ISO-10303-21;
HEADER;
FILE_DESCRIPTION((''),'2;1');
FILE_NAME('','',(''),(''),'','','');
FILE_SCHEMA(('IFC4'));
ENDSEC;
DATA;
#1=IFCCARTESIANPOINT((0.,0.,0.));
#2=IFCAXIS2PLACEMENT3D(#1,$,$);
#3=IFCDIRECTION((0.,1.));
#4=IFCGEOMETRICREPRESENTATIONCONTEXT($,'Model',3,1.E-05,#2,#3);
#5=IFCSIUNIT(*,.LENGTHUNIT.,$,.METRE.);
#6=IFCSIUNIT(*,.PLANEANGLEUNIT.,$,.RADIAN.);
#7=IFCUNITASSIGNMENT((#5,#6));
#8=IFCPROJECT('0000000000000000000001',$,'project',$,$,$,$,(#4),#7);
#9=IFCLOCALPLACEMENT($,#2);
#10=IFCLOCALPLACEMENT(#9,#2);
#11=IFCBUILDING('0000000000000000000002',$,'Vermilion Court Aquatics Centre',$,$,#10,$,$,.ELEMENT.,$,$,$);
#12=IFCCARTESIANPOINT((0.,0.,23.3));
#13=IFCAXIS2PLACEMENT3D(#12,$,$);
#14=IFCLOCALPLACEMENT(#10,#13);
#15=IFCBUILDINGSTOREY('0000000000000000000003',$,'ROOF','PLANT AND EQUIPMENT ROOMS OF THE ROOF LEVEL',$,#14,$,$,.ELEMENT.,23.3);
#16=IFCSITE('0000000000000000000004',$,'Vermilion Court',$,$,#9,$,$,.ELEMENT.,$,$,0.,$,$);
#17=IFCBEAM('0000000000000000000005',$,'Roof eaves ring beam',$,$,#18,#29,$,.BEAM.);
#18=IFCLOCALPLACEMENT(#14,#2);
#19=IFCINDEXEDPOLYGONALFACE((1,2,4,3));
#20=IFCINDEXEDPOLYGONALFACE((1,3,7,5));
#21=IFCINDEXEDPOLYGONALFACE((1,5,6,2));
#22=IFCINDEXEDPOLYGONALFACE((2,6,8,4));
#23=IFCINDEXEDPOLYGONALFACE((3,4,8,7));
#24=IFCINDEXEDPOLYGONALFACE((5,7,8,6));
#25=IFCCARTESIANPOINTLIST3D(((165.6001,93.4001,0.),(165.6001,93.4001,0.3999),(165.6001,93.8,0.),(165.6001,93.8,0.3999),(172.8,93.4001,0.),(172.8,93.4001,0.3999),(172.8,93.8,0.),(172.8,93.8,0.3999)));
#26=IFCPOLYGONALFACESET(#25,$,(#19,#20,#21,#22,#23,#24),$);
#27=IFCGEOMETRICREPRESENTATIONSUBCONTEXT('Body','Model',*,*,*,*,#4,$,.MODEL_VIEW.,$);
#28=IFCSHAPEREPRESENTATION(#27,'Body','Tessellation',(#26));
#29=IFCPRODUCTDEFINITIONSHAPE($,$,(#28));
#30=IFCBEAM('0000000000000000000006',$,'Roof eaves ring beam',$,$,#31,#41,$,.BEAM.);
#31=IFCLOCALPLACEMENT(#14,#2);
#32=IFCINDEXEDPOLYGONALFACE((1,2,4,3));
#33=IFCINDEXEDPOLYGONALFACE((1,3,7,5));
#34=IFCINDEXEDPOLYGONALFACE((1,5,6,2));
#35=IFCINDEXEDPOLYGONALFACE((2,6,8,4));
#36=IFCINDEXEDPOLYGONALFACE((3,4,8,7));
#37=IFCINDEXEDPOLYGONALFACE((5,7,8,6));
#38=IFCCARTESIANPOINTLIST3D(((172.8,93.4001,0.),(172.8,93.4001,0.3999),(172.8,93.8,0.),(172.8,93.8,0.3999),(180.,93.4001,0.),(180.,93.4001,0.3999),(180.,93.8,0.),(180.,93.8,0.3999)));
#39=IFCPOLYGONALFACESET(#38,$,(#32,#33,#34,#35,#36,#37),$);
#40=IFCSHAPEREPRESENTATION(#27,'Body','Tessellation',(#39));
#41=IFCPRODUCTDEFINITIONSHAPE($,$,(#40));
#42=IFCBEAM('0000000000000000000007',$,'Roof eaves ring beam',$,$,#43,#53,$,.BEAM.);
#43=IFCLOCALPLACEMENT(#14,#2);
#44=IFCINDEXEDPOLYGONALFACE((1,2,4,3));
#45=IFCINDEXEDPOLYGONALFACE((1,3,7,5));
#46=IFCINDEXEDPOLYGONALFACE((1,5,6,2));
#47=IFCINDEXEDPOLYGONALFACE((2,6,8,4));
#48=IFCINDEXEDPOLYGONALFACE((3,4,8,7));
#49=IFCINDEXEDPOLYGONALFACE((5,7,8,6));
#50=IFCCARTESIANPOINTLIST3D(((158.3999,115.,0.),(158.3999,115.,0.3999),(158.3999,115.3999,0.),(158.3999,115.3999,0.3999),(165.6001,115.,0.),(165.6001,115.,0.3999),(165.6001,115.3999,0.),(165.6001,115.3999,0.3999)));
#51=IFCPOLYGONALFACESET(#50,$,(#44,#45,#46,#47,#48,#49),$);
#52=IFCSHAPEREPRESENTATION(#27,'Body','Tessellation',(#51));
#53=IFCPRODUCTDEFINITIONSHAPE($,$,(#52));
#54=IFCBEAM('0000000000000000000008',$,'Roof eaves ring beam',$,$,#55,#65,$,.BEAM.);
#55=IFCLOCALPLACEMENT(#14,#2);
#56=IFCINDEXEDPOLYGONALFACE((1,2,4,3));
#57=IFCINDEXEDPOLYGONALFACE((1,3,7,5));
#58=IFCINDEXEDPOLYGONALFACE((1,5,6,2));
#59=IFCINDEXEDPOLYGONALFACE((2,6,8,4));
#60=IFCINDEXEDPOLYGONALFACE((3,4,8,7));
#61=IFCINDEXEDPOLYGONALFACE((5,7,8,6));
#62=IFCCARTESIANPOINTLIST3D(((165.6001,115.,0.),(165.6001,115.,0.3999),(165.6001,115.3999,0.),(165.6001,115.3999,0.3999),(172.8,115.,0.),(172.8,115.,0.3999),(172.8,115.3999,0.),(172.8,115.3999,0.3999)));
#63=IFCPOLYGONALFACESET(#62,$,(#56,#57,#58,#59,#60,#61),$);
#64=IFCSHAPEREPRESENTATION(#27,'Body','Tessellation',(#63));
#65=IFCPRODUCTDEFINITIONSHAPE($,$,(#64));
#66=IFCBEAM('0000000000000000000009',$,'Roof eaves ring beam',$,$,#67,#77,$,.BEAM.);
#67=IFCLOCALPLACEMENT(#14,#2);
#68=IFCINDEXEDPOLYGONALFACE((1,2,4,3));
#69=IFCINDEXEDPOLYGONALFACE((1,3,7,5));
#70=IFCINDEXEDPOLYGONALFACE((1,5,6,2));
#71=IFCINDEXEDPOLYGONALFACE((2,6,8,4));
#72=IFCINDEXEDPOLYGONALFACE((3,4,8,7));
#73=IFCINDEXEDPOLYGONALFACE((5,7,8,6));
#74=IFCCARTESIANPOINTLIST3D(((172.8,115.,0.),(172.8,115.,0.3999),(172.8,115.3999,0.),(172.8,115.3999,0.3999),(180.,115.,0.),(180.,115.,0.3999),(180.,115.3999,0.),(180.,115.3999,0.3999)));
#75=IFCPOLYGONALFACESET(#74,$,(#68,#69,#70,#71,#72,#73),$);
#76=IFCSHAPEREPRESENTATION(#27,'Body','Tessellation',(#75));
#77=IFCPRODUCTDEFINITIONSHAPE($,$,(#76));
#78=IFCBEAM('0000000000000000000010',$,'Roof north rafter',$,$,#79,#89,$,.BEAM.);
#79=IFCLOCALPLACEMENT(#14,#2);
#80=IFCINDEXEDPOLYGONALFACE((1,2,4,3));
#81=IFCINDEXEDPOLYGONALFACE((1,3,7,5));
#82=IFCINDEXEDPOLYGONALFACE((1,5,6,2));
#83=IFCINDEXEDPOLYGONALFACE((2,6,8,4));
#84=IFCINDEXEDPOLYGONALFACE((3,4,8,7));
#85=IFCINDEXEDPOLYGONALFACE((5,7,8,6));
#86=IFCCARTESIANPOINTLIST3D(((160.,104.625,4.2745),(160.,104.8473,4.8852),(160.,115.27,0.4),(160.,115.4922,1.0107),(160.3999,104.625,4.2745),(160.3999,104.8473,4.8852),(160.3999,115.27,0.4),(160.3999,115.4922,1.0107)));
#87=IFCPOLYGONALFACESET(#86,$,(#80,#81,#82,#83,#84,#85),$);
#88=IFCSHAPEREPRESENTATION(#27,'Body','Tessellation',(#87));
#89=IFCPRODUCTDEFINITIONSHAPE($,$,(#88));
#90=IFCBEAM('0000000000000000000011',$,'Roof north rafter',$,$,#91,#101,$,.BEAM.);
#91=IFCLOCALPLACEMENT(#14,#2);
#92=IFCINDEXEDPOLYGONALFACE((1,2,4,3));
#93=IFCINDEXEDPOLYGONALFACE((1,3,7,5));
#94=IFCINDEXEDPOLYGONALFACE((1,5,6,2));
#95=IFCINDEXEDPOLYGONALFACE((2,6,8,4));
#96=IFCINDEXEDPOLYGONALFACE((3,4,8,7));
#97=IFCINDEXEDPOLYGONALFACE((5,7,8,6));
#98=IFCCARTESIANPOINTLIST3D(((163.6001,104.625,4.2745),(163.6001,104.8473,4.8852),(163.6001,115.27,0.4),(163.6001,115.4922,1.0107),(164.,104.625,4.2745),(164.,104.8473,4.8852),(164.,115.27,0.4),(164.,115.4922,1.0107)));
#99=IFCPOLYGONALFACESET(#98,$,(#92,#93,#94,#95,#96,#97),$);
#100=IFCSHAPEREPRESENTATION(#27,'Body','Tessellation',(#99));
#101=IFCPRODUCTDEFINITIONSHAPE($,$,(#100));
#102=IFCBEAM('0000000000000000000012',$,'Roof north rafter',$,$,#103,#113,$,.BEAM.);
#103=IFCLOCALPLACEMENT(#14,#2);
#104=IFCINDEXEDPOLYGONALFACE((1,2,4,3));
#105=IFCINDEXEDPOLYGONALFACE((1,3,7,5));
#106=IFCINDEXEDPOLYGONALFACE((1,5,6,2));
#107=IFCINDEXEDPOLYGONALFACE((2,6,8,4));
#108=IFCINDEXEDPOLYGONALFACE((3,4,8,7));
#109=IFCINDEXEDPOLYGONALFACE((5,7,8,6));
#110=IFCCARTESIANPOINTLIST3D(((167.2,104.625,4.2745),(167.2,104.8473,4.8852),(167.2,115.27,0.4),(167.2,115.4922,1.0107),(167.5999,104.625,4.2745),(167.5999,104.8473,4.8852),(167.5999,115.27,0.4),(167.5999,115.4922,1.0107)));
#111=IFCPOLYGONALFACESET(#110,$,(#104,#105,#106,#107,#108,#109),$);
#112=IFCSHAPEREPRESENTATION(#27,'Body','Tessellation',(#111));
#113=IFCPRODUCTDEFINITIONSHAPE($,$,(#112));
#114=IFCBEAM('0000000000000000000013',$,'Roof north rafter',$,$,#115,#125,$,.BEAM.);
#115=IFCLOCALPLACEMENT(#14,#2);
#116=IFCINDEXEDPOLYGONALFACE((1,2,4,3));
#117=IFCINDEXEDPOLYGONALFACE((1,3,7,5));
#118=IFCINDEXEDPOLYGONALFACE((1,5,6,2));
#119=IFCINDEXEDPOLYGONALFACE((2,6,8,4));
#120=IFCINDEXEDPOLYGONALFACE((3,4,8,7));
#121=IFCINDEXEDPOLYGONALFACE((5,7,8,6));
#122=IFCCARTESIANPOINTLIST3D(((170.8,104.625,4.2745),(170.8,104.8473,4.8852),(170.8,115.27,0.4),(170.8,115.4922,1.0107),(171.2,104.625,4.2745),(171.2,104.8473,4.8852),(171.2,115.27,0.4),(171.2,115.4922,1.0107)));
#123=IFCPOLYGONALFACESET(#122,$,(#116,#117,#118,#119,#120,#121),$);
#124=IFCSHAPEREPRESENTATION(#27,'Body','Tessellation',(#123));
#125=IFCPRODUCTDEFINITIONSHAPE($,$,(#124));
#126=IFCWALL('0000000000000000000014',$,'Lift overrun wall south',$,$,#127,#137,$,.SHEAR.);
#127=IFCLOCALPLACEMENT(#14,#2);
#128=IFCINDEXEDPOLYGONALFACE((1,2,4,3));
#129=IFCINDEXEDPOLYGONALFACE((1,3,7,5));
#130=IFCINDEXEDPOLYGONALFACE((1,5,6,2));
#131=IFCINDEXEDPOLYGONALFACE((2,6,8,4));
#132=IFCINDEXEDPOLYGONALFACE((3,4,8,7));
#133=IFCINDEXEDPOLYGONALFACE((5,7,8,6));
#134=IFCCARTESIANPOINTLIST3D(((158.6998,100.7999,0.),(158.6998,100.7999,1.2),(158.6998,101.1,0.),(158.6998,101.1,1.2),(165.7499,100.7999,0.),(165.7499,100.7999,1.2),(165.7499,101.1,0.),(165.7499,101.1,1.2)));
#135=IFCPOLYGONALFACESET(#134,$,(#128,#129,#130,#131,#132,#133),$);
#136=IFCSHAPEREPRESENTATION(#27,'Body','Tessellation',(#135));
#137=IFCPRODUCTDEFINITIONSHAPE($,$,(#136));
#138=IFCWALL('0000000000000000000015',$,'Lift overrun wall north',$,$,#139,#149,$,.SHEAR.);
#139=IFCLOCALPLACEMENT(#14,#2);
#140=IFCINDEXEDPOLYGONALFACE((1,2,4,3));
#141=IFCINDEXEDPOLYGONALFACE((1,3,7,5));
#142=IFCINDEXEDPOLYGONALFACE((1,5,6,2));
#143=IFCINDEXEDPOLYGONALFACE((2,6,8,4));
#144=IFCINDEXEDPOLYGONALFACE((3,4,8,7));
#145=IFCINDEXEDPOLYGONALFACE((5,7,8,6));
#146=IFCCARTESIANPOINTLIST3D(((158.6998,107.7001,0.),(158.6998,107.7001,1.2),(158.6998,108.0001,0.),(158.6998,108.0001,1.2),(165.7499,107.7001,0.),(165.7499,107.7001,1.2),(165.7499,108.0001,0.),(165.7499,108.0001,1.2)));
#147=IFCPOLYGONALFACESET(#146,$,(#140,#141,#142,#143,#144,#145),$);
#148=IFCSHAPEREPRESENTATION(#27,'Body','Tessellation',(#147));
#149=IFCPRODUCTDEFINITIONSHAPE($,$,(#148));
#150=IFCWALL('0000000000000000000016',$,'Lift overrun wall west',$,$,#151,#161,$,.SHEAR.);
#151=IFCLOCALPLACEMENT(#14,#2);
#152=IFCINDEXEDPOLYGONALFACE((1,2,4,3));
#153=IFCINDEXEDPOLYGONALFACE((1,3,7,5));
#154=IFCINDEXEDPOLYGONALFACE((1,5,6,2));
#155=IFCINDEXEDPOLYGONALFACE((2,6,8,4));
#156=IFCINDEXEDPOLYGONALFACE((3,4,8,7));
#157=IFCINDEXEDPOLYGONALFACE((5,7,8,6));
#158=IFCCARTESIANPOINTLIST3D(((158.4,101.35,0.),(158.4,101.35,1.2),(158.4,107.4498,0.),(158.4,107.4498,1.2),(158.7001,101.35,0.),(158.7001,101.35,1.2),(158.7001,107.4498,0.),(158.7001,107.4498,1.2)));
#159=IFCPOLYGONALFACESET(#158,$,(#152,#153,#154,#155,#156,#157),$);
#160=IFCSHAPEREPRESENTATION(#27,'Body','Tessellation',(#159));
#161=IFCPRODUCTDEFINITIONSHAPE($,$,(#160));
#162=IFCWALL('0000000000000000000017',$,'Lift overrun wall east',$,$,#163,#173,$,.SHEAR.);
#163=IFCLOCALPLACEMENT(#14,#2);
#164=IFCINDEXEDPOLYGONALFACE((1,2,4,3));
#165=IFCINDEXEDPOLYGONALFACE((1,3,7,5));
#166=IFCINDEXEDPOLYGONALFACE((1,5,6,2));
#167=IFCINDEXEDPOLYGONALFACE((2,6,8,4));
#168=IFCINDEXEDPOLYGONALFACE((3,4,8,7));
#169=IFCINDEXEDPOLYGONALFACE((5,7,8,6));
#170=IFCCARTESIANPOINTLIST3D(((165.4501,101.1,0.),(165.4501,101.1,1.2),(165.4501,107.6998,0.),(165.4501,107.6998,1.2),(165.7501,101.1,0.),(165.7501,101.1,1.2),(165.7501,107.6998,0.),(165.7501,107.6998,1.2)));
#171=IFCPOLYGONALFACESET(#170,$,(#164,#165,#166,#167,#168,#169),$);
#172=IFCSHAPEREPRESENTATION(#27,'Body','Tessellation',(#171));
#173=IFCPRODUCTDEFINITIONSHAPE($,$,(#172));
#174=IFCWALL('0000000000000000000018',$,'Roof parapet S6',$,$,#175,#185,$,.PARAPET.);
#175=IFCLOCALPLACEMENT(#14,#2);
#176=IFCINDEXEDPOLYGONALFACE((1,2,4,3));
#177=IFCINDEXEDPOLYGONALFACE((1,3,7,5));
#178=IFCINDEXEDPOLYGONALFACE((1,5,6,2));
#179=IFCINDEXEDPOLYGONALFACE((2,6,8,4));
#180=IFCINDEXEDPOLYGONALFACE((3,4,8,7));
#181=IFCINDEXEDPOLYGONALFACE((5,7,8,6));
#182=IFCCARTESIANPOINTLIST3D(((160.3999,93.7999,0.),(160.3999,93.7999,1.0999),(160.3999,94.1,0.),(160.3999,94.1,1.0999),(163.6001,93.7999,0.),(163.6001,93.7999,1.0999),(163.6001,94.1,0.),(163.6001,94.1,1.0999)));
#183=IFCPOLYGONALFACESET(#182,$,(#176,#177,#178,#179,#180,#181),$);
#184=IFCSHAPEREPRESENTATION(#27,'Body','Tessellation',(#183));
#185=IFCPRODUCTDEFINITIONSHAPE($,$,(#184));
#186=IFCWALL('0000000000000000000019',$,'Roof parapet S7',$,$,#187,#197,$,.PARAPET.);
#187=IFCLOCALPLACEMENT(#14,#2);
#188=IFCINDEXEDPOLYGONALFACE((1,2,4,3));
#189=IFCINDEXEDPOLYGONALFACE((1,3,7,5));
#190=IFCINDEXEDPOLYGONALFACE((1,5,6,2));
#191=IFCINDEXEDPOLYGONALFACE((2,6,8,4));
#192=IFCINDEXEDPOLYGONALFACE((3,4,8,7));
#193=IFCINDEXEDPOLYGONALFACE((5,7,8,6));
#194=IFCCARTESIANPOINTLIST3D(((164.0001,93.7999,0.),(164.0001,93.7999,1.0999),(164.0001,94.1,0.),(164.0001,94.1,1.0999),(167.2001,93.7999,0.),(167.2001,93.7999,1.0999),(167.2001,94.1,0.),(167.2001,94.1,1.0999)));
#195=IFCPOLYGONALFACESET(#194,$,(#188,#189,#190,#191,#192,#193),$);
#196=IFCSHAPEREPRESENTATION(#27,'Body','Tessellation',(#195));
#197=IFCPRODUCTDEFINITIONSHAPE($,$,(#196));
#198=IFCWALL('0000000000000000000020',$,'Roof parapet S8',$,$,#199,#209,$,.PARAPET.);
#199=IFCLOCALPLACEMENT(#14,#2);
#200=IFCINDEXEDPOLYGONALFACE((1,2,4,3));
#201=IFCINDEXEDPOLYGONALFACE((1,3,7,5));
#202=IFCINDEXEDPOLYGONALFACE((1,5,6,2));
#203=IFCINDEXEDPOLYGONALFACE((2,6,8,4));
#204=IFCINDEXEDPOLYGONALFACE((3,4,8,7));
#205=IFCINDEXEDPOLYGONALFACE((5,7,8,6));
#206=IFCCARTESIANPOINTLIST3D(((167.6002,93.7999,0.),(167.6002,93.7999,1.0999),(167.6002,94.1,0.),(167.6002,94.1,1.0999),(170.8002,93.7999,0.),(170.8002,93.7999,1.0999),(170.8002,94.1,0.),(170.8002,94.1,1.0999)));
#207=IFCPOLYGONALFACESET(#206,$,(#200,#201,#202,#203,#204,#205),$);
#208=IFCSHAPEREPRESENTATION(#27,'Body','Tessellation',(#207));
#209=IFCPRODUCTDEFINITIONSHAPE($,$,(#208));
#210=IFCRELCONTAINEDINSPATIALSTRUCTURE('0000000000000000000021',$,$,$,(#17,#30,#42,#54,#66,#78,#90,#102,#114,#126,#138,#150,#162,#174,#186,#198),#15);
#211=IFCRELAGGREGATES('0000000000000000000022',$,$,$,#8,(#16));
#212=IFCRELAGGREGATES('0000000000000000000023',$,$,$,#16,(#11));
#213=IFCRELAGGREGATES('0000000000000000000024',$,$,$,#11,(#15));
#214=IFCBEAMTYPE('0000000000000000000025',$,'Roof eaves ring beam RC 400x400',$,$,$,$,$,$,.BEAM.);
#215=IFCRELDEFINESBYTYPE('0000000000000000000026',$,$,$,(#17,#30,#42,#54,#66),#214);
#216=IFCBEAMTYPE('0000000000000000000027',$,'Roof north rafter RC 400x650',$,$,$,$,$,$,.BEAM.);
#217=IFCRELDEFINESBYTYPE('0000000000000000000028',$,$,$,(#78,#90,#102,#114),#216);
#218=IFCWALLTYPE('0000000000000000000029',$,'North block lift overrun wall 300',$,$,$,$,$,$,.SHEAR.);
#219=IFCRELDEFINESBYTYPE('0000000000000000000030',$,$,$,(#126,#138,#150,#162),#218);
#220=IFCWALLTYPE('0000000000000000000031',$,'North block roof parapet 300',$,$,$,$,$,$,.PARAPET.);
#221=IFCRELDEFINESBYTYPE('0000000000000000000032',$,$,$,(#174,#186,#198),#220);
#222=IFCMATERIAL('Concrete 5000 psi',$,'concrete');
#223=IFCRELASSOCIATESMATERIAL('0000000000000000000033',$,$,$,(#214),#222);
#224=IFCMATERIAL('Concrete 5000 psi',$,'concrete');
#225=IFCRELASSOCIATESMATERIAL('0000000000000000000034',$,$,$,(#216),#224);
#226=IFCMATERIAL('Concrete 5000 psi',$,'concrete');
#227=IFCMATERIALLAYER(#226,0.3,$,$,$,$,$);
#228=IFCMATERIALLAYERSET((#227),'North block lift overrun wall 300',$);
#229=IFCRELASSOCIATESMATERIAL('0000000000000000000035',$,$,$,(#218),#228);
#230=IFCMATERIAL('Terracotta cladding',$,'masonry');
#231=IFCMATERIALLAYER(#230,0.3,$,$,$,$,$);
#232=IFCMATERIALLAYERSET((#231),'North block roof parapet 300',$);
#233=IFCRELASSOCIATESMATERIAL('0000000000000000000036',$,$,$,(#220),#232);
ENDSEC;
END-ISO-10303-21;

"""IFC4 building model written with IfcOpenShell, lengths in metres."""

from ifc_helpers import new_model, si_unit, direction, frame, frame_2d, origin, origin_2d, place, context, subcontext, project, spatial, rectangle, extrude, material, layer, layer_set, material_profile, profile_set, type_object, element, save


model = new_model("IFC4")

# Units and contexts
model_context = context("Model", 3, precision=1e-05, world=origin(), true_north=direction((0.0, 1.0)))
body_context = subcontext(model_context, "Body", "Model", "MODEL_VIEW")
ifc_project = project(units=[si_unit("LENGTHUNIT", "METRE"), si_unit("PLANEANGLEUNIT", "RADIAN")], contexts=[model_context])

# Site, building, storey
site_placement = place(None, origin())
site = spatial("IfcSite", under=ifc_project, at=site_placement, Name="Vermilion Court", CompositionType="ELEMENT", RefElevation=0.0)
building_placement = place(site_placement, origin())
building = spatial("IfcBuilding", under=site, at=building_placement, Name="Vermilion Court Aquatics Centre", CompositionType="ELEMENT")
storey_placement = place(building_placement, frame((0.0, 0.0, 23.3)))
storey = spatial("IfcBuildingStorey", under=building, at=storey_placement, Name="ROOF", Description="PLANT AND EQUIPMENT ROOMS OF THE ROOF LEVEL", CompositionType="ELEMENT", Elevation=23.3)

# Beams
ifc_material_1 = material(Name="Concrete 5000 psi", Category="concrete")
ifc_material_profile_1 = material_profile(ifc_material_1, rectangle(XDim=0.3999, YDim=0.3999, at=origin_2d()), Name="RC 400x400")
ifc_profile_set_1 = profile_set([ifc_material_profile_1], Name="Concrete 5000 psi")
beam_type_1 = type_object("IfcBeamType", Name="Roof eaves ring beam RC 400x400", PredefinedType="BEAM", material=ifc_profile_set_1)
for number, where, z_axis, x_axis, name in (
    (1, (165.6001, 93.6001, 0.2), (1.0, 0.0, 0.0), (0.0, 1.0, 0.0), "Roof eaves ring beam"),
    (2, (172.8, 93.6001, 0.2), (1.0, 0.0, 0.0), (0.0, 1.0, 0.0), "Roof eaves ring beam"),
):
    element("IfcBeam", number, at=place(storey_placement, frame(where, z_axis=z_axis, x_axis=x_axis)), inside=storey, type_object=beam_type_1, Name=name, PredefinedType="BEAM", context=body_context, shape_type="SweptSolid", body=[
        extrude(rectangle(XDim=0.3999, YDim=0.3999, at=origin_2d()), origin(), (0.0, 0.0, 1.0), 7.2),
    ])
beam_placement = place(storey_placement, frame((158.3999, 115.2, 0.2), z_axis=(1.0, 0.0, 0.0), x_axis=(0.0, 1.0, 0.0)))
element("IfcBeam", 3, at=beam_placement, inside=storey, type_object=beam_type_1, Name="Roof eaves ring beam", PredefinedType="BEAM", context=body_context, shape_type="SweptSolid", body=[
    extrude(rectangle(XDim=0.3999, YDim=0.3999, at=origin_2d()), origin(), (0.0, 0.0, 1.0), 7.2002),
])
for number, where, z_axis, x_axis, name in (
    (4, (165.6001, 115.2, 0.2), (1.0, 0.0, 0.0), (0.0, 1.0, 0.0), "Roof eaves ring beam"),
    (5, (172.8, 115.2, 0.2), (1.0, 0.0, 0.0), (0.0, 1.0, 0.0), "Roof eaves ring beam"),
):
    element("IfcBeam", number, at=place(storey_placement, frame(where, z_axis=z_axis, x_axis=x_axis)), inside=storey, type_object=beam_type_1, Name=name, PredefinedType="BEAM", context=body_context, shape_type="SweptSolid", body=[
        extrude(rectangle(XDim=0.3999, YDim=0.3999, at=origin_2d()), origin(), (0.0, 0.0, 1.0), 7.2),
    ])
ifc_material_2 = material(Name="Concrete 5000 psi", Category="concrete")
ifc_material_profile_2 = material_profile(ifc_material_2, rectangle(XDim=0.3999, YDim=0.6499, at=origin_2d()), Name="RC 400x650")
ifc_profile_set_2 = profile_set([ifc_material_profile_2], Name="Concrete 5000 psi")
beam_type_2 = type_object("IfcBeamType", Name="Roof north rafter RC 400x650", PredefinedType="BEAM", material=ifc_profile_set_2)
for number, where, z_axis, x_axis, name in (
    (6, (160.2, 115.3811, 0.7053), (0.0, -0.939691, 0.342023), (1.0, 0.0, 0.0), "Roof north rafter"),
    (7, (163.8, 115.3811, 0.7053), (0.0, -0.939691, 0.342023), (1.0, 0.0, 0.0), "Roof north rafter"),
    (8, (167.3999, 115.3811, 0.7053), (0.0, -0.939691, 0.342023), (1.0, 0.0, 0.0), "Roof north rafter"),
    (9, (171.0, 115.3811, 0.7053), (0.0, -0.939691, 0.342023), (1.0, 0.0, 0.0), "Roof north rafter"),
):
    element("IfcBeam", number, at=place(storey_placement, frame(where, z_axis=z_axis, x_axis=x_axis)), inside=storey, type_object=beam_type_2, Name=name, PredefinedType="BEAM", context=body_context, shape_type="SweptSolid", body=[
        extrude(rectangle(XDim=0.3999, YDim=0.6499, at=origin_2d()), origin(), (0.0, 0.0, 1.0), 11.3281),
    ])

# Walls
ifc_material_3 = material(Name="Concrete 5000 psi", Category="concrete")
ifc_layer_1 = layer(ifc_material_3, 0.3)
ifc_layer_set_1 = layer_set([ifc_layer_1], Name="North block lift overrun wall 300")
wall_type_1 = type_object("IfcWallType", Name="North block lift overrun wall 300", PredefinedType="SHEAR", material=ifc_layer_set_1)
for number, where, z_axis, x_axis, name in (
    (10, (158.7, 100.95, 0.0), (0.0, 0.0, 1.0), (1.0, 0.0, 0.0), "Lift overrun wall south"),
    (11, (158.7, 107.8501, 0.0), (0.0, 0.0, 1.0), (1.0, 0.0, 0.0), "Lift overrun wall north"),
):
    element("IfcWall", number, at=place(storey_placement, frame(where, z_axis=z_axis, x_axis=x_axis)), inside=storey, type_object=wall_type_1, Name=name, PredefinedType="SHEAR", context=body_context, shape_type="SweptSolid", body=[
        extrude(rectangle(XDim=7.05, YDim=0.3, at=frame_2d((3.5249, 0.0))), origin(), (0.0, 0.0, 1.0), 1.2),
    ])
wall_1_placement = place(storey_placement, frame((158.55, 101.3501, 0.0), z_axis=(0.0, 0.0, 1.0), x_axis=(0.0, 1.0, 0.0)))
element("IfcWall", 12, at=wall_1_placement, inside=storey, type_object=wall_type_1, Name="Lift overrun wall west", PredefinedType="SHEAR", context=body_context, shape_type="SweptSolid", body=[
    extrude(rectangle(XDim=6.0999, YDim=0.3, at=frame_2d((3.0498, 0.0))), origin(), (0.0, 0.0, 1.0), 1.2),
])
wall_2_placement = place(storey_placement, frame((165.6001, 101.1001, 0.0), z_axis=(0.0, 0.0, 1.0), x_axis=(0.0, 1.0, 0.0)))
element("IfcWall", 13, at=wall_2_placement, inside=storey, type_object=wall_type_1, Name="Lift overrun wall east", PredefinedType="SHEAR", context=body_context, shape_type="SweptSolid", body=[
    extrude(rectangle(XDim=6.5999, YDim=0.3, at=frame_2d((3.2998, 0.0))), origin(), (0.0, 0.0, 1.0), 1.2),
])
ifc_material_4 = material(Name="Terracotta cladding", Category="masonry")
ifc_layer_2 = layer(ifc_material_4, 0.3)
ifc_layer_set_2 = layer_set([ifc_layer_2], Name="North block roof parapet 300")
wall_type_2 = type_object("IfcWallType", Name="North block roof parapet 300", PredefinedType="PARAPET", material=ifc_layer_set_2)
wall_3_placement = place(storey_placement, frame((160.3999, 93.95, 0.0), z_axis=(0.0, 0.0, 1.0), x_axis=(1.0, 0.0, 0.0)))
element("IfcWall", 14, at=wall_3_placement, inside=storey, type_object=wall_type_2, Name="Roof parapet S6", PredefinedType="PARAPET", context=body_context, shape_type="SweptSolid", body=[
    extrude(rectangle(XDim=3.2002, YDim=0.3, at=frame_2d((1.6001, 0.0))), origin(), (0.0, 0.0, 1.0), 1.0999),
])
for number, where, z_axis, x_axis, name in (
    (15, (164.0, 93.95, 0.0), (0.0, 0.0, 1.0), (1.0, 0.0, 0.0), "Roof parapet S7"),
    (16, (167.6001, 93.95, 0.0), (0.0, 0.0, 1.0), (1.0, 0.0, 0.0), "Roof parapet S8"),
):
    element("IfcWall", number, at=place(storey_placement, frame(where, z_axis=z_axis, x_axis=x_axis)), inside=storey, type_object=wall_type_2, Name=name, PredefinedType="PARAPET", context=body_context, shape_type="SweptSolid", body=[
        extrude(rectangle(XDim=3.2, YDim=0.3, at=frame_2d((1.6001, 0.0))), origin(), (0.0, 0.0, 1.0), 1.0999),
    ])

save(model, "model.ifc")
